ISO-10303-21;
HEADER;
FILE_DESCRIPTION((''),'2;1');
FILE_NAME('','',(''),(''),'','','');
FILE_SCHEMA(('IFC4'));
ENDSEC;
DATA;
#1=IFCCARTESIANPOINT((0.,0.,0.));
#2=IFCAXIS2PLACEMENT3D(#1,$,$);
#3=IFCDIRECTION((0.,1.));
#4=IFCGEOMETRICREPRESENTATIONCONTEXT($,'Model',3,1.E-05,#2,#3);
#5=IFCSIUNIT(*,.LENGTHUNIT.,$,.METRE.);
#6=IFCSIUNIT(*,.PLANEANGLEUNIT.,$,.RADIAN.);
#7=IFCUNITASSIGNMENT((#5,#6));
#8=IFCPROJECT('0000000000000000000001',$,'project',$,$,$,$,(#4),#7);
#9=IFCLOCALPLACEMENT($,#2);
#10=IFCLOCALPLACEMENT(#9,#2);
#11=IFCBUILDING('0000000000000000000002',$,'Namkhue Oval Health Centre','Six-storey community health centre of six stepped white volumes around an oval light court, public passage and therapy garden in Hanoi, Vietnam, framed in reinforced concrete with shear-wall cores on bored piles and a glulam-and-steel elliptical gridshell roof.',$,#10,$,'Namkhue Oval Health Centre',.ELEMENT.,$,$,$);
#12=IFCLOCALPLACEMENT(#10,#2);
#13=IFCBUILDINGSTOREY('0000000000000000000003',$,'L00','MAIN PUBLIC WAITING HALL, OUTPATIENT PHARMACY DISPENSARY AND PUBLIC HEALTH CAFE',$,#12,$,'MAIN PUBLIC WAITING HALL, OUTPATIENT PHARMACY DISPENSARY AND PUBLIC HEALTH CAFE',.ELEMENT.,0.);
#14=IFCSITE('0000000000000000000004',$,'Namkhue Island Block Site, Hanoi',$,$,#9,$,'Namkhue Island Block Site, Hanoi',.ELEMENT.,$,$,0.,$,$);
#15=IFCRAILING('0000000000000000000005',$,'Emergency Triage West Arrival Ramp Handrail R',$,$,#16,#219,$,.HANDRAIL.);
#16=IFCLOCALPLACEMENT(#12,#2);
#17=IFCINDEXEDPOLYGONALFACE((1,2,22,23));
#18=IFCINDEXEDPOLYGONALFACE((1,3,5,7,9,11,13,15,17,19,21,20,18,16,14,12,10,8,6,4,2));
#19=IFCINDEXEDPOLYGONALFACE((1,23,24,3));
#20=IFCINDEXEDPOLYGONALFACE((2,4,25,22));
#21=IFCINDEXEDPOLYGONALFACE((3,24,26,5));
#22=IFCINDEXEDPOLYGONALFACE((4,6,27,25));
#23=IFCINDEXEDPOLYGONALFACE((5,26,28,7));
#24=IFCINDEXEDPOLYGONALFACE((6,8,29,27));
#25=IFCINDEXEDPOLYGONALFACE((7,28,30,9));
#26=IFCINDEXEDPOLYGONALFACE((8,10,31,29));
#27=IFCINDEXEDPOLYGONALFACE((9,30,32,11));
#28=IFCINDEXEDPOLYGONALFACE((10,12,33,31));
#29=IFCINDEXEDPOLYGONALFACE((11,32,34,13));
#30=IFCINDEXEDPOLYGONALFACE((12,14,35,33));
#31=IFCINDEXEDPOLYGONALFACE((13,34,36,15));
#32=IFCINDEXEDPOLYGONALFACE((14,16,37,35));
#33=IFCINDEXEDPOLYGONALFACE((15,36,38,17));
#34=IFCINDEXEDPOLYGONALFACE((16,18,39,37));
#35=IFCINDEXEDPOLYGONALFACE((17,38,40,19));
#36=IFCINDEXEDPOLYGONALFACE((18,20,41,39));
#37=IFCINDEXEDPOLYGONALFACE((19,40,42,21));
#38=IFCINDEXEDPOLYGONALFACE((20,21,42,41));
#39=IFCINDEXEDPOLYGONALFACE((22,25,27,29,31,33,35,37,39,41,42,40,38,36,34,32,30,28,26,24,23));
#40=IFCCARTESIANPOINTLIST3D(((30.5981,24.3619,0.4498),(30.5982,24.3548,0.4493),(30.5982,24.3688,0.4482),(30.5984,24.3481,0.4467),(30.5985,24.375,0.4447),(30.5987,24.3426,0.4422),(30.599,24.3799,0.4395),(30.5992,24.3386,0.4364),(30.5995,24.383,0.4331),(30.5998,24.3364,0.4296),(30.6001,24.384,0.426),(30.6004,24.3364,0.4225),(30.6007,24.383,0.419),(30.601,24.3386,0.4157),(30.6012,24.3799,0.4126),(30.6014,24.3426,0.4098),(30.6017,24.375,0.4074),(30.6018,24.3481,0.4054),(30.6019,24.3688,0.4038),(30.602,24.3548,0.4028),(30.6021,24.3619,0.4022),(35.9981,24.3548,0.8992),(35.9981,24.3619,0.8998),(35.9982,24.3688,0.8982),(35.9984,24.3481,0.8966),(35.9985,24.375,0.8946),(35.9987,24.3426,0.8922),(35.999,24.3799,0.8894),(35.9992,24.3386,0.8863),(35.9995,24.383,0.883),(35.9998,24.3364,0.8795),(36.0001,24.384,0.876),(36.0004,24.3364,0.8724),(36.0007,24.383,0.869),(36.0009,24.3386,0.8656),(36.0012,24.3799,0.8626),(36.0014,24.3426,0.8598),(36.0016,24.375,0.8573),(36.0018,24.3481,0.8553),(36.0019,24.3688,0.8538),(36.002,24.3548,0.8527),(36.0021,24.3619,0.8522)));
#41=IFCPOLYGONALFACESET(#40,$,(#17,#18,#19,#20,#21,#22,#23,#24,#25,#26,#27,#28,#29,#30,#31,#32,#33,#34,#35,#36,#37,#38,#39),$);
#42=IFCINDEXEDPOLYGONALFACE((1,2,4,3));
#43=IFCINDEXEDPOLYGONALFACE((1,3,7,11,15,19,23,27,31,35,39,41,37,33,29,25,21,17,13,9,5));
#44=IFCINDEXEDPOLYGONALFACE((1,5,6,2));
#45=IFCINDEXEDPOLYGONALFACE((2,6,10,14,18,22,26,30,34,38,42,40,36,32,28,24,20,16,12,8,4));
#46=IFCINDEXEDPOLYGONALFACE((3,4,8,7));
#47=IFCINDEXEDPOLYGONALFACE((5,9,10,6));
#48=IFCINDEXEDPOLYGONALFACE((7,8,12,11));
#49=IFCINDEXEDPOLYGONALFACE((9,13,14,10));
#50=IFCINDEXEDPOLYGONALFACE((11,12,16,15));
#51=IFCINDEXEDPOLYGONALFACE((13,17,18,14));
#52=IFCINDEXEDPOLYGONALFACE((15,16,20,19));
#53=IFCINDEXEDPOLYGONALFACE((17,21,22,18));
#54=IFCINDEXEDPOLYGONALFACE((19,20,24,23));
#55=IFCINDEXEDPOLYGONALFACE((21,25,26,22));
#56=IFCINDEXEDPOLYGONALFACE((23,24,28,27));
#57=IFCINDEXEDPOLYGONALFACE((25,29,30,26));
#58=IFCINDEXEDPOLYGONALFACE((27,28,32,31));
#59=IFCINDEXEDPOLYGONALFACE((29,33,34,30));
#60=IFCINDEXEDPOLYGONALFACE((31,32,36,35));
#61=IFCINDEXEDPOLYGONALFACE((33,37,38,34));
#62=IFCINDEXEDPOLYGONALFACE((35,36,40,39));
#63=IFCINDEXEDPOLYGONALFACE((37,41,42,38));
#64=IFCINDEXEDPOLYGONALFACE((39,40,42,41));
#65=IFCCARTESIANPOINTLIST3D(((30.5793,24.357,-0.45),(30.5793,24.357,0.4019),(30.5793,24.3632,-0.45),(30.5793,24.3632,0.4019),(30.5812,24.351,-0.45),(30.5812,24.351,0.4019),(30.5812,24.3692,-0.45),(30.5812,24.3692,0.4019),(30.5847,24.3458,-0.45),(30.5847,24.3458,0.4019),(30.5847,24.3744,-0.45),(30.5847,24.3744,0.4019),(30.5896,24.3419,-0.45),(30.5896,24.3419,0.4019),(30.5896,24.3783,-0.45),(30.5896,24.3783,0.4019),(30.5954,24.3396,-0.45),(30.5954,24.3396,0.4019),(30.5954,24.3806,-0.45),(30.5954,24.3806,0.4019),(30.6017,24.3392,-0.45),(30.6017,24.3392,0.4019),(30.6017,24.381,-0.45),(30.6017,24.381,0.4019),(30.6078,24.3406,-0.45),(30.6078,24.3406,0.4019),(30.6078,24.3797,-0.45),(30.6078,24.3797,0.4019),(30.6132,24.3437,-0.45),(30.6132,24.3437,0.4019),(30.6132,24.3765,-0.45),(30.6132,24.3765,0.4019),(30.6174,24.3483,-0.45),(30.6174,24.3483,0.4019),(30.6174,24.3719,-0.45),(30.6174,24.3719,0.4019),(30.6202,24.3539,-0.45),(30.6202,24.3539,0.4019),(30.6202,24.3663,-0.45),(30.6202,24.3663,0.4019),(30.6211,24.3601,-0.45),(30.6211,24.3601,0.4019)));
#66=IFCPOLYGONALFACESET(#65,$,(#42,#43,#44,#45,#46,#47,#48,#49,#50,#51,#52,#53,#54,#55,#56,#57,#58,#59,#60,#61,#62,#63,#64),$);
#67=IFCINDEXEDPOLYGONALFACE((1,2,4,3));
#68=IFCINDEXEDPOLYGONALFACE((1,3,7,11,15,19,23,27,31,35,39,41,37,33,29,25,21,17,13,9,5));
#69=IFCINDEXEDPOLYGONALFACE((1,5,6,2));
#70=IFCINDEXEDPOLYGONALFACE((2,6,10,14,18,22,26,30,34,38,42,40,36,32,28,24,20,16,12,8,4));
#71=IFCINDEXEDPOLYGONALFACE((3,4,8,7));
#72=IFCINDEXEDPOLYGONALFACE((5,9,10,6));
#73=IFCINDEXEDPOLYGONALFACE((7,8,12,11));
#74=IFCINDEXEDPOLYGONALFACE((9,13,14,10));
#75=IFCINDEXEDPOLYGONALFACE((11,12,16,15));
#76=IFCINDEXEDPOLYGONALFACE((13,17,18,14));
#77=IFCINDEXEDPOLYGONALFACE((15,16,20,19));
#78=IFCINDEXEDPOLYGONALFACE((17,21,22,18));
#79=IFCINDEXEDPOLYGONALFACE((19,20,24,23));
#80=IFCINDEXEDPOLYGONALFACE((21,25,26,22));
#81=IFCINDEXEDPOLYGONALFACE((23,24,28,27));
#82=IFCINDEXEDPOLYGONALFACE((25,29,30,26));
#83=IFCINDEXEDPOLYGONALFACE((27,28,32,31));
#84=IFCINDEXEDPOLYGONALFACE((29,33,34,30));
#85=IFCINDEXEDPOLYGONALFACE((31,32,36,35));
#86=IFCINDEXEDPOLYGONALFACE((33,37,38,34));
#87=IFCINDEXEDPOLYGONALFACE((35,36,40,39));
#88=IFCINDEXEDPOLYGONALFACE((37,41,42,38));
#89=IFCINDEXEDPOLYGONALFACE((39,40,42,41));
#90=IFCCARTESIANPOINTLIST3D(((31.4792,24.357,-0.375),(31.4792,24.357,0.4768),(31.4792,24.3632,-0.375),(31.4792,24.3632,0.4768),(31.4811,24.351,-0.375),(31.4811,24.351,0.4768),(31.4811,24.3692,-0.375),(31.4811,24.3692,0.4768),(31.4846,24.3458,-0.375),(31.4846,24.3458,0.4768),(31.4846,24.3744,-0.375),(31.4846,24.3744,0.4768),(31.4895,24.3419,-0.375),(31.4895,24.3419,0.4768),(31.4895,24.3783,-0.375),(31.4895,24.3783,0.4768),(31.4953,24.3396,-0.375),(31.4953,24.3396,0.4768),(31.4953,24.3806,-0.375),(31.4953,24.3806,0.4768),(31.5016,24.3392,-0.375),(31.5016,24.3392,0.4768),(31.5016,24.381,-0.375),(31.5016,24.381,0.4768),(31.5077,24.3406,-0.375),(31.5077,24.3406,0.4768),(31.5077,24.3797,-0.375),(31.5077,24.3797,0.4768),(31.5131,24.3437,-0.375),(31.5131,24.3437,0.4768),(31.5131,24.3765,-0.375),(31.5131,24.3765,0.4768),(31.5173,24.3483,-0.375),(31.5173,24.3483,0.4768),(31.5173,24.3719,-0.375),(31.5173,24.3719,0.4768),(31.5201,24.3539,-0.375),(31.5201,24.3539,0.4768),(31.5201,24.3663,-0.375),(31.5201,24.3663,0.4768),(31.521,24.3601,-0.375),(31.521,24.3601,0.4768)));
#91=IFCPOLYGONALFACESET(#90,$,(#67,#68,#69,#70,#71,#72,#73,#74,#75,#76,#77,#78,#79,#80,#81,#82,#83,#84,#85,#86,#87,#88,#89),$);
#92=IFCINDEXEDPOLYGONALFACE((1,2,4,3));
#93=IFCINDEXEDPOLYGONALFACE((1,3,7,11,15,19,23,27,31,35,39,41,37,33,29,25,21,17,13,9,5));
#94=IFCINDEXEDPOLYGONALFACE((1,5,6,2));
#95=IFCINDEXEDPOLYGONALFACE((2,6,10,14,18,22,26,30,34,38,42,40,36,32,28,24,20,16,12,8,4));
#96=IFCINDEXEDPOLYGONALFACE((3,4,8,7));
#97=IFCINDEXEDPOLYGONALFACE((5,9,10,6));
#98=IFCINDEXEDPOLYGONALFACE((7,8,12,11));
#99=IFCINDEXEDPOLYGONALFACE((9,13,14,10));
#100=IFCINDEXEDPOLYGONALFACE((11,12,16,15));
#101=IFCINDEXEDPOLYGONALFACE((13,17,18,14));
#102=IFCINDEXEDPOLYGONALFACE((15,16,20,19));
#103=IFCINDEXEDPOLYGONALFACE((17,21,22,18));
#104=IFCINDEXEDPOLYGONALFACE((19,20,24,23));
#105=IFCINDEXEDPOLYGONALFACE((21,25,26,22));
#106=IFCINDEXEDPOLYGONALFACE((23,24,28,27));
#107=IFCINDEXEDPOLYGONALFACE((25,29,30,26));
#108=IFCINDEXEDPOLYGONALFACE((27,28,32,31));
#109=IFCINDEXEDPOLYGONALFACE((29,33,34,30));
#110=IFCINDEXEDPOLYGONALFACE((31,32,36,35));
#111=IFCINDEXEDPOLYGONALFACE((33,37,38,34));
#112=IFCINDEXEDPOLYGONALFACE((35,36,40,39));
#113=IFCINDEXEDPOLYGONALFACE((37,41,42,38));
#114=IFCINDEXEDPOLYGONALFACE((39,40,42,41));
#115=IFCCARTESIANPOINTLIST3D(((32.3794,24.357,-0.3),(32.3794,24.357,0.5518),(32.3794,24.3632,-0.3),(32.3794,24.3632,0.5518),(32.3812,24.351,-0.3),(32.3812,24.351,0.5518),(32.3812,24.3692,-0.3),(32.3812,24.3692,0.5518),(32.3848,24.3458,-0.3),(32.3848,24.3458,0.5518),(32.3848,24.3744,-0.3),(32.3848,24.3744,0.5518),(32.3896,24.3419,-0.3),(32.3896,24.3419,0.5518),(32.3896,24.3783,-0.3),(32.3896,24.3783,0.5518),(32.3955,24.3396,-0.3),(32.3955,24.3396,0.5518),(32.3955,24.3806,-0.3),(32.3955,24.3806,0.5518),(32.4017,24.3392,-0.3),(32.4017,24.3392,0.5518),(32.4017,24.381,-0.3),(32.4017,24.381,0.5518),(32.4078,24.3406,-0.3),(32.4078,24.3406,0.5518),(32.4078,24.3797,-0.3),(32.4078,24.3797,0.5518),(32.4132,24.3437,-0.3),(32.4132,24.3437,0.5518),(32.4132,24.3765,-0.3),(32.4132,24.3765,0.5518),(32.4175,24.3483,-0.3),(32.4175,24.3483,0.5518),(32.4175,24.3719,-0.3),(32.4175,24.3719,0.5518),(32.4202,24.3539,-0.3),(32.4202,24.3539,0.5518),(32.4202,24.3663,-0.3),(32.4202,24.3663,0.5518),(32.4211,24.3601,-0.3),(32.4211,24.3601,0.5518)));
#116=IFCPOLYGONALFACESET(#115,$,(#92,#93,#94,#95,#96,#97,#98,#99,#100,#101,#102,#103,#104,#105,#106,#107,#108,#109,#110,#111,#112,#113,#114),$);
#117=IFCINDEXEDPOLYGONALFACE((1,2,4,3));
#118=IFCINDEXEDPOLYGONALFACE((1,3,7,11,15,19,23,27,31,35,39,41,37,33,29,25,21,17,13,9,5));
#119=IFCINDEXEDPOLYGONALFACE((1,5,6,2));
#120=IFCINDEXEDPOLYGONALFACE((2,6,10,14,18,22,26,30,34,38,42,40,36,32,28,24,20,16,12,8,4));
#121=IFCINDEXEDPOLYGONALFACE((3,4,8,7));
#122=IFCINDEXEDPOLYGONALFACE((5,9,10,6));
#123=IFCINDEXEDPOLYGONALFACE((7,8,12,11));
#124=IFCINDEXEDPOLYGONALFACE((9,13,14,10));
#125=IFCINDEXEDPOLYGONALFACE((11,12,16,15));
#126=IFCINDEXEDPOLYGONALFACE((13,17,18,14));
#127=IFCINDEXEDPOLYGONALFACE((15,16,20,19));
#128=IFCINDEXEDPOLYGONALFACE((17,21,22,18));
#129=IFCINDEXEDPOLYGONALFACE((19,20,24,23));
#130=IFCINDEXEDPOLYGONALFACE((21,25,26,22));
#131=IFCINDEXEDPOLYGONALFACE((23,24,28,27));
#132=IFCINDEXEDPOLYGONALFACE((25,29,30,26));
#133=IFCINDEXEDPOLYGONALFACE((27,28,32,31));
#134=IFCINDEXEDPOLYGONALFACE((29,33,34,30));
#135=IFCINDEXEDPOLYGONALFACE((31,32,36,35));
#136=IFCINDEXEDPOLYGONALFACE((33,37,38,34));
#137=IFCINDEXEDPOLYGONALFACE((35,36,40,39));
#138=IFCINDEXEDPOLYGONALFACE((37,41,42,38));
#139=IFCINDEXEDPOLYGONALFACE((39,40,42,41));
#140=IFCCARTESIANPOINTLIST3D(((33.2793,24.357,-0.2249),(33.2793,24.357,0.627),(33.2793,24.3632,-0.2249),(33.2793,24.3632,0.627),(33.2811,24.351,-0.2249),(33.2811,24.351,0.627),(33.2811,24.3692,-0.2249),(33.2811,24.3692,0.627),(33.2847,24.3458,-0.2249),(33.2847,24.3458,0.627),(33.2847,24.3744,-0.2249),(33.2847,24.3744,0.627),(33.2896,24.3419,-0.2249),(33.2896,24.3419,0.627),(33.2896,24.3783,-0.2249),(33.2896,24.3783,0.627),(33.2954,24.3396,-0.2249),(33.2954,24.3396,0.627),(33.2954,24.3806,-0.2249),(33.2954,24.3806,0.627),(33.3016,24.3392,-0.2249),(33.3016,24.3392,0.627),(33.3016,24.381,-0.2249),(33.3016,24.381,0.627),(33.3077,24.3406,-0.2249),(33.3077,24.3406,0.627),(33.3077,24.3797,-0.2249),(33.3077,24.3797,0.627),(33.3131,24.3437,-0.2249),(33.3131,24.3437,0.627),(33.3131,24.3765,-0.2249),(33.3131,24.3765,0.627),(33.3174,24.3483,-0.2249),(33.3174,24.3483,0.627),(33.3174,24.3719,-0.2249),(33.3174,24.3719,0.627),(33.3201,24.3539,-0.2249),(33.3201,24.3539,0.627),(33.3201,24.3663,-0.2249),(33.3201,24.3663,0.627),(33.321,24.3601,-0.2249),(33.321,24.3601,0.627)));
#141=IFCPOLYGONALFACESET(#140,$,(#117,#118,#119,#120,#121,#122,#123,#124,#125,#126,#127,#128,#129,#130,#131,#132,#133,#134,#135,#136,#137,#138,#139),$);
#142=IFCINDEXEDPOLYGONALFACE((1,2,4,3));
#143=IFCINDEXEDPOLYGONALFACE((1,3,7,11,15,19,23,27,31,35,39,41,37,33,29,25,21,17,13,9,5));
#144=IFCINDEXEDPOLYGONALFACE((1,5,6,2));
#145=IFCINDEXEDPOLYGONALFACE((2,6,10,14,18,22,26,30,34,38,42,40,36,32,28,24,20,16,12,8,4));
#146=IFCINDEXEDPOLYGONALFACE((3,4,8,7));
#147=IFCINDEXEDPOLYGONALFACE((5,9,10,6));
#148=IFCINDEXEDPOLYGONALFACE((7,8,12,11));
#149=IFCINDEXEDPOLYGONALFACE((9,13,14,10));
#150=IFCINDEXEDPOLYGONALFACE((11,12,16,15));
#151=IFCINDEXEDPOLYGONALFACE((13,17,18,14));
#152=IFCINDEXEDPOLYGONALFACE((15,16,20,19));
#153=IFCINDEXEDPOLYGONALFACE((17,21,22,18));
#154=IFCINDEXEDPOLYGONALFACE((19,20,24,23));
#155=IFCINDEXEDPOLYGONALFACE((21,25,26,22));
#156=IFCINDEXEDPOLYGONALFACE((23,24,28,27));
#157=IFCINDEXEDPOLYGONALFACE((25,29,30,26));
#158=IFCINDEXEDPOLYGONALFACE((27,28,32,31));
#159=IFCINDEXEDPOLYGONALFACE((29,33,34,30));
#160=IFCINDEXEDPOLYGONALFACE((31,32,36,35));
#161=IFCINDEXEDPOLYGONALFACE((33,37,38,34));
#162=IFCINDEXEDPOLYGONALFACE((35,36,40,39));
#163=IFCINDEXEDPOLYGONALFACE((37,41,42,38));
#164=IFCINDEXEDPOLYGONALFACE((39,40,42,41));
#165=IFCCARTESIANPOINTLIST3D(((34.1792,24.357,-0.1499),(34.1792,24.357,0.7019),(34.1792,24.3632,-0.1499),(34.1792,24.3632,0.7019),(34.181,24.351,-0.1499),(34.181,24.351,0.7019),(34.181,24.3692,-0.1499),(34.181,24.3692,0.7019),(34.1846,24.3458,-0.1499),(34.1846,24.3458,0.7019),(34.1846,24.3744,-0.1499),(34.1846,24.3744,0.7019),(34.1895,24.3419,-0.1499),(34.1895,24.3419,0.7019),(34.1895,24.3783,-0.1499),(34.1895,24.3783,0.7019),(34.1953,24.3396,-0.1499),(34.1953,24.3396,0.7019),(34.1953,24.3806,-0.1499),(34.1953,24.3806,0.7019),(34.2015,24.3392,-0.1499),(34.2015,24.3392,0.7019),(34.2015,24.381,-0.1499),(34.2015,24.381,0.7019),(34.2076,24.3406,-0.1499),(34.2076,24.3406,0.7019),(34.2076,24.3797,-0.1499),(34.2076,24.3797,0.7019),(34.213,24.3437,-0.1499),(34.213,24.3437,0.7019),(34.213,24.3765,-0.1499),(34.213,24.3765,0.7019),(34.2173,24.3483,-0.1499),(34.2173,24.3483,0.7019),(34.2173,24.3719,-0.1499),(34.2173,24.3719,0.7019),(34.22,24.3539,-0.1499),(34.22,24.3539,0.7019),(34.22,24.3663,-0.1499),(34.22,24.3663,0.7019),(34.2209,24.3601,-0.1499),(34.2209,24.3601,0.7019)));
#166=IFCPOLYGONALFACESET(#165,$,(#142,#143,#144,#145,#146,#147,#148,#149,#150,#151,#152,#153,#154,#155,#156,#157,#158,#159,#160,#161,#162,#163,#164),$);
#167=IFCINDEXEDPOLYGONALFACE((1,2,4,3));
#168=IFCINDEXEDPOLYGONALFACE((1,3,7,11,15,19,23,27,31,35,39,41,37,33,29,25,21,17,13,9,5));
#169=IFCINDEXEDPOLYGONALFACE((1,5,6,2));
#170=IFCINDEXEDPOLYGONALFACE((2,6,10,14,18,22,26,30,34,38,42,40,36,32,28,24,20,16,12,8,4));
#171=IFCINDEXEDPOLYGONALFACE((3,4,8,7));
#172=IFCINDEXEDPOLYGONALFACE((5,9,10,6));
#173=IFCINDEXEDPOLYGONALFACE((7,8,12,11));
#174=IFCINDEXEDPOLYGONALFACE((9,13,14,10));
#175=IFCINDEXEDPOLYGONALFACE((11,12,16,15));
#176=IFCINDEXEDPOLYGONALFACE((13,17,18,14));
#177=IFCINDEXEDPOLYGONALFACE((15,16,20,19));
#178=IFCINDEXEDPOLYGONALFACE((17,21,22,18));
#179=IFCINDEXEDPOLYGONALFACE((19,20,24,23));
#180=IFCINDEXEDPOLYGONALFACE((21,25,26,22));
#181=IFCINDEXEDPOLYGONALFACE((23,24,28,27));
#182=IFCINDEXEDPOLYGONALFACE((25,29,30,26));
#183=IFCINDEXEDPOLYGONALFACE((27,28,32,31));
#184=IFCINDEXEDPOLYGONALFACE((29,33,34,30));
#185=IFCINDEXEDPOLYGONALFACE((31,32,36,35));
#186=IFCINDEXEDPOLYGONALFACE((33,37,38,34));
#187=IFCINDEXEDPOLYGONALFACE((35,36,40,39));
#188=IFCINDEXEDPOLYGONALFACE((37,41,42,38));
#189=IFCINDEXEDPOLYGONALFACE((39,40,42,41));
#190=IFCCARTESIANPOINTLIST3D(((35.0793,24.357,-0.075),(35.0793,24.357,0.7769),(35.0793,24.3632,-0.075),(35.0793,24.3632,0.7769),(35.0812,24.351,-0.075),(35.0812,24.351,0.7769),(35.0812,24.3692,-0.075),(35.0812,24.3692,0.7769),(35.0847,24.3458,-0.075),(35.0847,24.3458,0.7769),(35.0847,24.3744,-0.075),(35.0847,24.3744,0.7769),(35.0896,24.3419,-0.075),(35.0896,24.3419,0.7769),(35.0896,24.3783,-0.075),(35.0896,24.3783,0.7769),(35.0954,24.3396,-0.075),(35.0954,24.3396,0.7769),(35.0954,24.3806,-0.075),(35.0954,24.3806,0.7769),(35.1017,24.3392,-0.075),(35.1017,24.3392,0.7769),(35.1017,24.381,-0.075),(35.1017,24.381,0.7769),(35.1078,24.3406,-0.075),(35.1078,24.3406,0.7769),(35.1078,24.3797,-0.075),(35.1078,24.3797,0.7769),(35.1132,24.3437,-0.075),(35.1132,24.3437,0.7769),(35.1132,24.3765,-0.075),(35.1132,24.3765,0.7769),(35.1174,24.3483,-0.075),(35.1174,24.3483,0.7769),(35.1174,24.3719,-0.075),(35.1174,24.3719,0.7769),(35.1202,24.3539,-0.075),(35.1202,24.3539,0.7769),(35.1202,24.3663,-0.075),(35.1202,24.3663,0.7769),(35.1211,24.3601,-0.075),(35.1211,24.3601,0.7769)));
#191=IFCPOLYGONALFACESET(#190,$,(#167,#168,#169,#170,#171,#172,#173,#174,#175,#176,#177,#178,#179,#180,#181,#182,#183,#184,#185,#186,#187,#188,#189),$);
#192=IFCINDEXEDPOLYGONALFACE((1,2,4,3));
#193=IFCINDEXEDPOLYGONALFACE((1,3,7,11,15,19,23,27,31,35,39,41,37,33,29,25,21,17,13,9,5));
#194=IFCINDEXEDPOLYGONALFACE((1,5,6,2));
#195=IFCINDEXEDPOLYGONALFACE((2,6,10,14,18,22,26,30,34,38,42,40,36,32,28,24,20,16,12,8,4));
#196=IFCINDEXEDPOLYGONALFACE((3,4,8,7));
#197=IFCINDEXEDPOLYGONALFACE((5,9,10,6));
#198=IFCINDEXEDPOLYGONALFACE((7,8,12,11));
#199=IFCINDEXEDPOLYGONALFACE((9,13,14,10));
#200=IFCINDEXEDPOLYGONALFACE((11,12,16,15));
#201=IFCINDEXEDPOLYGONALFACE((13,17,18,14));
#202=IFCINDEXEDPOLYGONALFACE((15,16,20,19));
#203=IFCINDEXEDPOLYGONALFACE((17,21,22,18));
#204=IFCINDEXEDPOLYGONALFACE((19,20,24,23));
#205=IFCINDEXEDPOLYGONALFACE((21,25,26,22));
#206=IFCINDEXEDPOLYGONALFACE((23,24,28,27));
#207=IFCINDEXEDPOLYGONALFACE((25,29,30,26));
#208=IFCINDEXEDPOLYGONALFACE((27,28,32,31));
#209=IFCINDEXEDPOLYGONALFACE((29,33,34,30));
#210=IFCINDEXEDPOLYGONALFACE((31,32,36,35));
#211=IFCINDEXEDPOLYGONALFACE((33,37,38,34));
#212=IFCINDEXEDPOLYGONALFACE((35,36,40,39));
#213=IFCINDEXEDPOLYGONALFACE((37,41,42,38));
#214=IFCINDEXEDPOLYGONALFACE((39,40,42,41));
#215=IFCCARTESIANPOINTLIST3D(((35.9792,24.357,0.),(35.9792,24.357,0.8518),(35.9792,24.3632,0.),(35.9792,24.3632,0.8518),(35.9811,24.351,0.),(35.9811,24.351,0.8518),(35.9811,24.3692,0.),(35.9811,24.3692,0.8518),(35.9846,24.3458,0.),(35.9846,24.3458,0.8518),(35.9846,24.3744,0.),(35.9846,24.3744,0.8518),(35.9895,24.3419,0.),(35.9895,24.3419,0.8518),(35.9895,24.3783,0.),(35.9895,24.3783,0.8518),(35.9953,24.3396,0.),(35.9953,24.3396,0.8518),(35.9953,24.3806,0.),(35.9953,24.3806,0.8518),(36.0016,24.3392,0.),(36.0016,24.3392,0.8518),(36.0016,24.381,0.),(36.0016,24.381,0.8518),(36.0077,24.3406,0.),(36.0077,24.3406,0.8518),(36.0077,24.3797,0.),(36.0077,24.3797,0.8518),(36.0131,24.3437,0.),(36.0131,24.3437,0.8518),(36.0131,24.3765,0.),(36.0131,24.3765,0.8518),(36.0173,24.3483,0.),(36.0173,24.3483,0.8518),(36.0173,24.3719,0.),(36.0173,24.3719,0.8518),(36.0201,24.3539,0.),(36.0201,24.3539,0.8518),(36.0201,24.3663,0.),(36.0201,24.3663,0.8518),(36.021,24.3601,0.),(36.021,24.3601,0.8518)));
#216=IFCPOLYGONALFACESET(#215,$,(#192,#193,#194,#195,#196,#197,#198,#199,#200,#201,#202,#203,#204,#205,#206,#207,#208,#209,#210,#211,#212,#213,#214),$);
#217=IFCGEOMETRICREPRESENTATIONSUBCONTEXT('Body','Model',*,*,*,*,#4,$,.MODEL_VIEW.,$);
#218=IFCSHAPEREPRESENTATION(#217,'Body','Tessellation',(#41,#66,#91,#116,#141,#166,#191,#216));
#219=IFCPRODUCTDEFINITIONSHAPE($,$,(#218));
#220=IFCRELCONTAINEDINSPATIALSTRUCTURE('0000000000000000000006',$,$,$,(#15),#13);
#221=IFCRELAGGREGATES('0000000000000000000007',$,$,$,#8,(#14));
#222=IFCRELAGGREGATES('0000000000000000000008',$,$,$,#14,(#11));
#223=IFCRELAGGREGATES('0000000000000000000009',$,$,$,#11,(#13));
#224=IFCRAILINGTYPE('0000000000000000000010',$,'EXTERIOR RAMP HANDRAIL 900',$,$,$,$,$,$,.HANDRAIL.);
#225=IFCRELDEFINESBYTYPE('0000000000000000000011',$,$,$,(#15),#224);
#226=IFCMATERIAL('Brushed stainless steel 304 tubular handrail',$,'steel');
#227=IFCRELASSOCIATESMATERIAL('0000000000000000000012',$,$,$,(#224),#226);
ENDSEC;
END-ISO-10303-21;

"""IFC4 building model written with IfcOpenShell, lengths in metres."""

from ifc_helpers import new_model, si_unit, direction, frame, origin, origin_2d, place, context, subcontext, project, spatial, circle, extrude, material, type_object, element, save


model = new_model("IFC4")

# Units and contexts
model_context = context("Model", 3, precision=1e-05, world=origin(), true_north=direction((0.0, 1.0)))
body_context = subcontext(model_context, "Body", "Model", "MODEL_VIEW")
ifc_project = project(units=[si_unit("LENGTHUNIT", "METRE"), si_unit("PLANEANGLEUNIT", "RADIAN")], contexts=[model_context])

# Site, building, storey
site_placement = place(None, origin())
site = spatial("IfcSite", under=ifc_project, at=site_placement, Name="Namkhue Island Block Site, Hanoi", LongName="Namkhue Island Block Site, Hanoi", CompositionType="ELEMENT", RefElevation=0.0)
building_placement = place(site_placement, origin())
building = spatial("IfcBuilding", under=site, at=building_placement, Name="Namkhue Oval Health Centre", Description="Six-storey community health centre of six stepped white volumes around an oval light court, public passage and therapy garden in Hanoi, Vietnam, framed in reinforced concrete with shear-wall cores on bored piles and a glulam-and-steel elliptical gridshell roof.", LongName="Namkhue Oval Health Centre", CompositionType="ELEMENT")
storey_placement = place(building_placement, origin())
storey = spatial("IfcBuildingStorey", under=building, at=storey_placement, Name="L00", Description="MAIN PUBLIC WAITING HALL, OUTPATIENT PHARMACY DISPENSARY AND PUBLIC HEALTH CAFE", LongName="MAIN PUBLIC WAITING HALL, OUTPATIENT PHARMACY DISPENSARY AND PUBLIC HEALTH CAFE", CompositionType="ELEMENT", Elevation=0.0)

# Railing
ifc_material_1 = material(Name="Brushed stainless steel 304 tubular handrail", Category="steel")
railing_type = type_object("IfcRailingType", Name="EXTERIOR RAMP HANDRAIL 900", PredefinedType="HANDRAIL", material=ifc_material_1)
railing_placement = place(storey_placement, frame((30.6001, 24.3601, -0.45)))
element("IfcRailing", 1, at=railing_placement, inside=storey, type_object=railing_type, Name="Emergency Triage West Arrival Ramp Handrail R", PredefinedType="HANDRAIL", context=body_context, shape_type="SweptSolid", body=[
    extrude(circle(Radius=0.0239, at=origin_2d()), frame((0.0, 0.0, 0.876), z_axis=(0.996546, 0.0, 0.083038), x_axis=(0.0, 1.0, 0.0)), (0.0, 0.0, 1.0), 5.4187),
    extrude(circle(Radius=0.021, at=origin_2d()), origin(), (0.0, 0.0, 1.0), 0.8518),
    extrude(circle(Radius=0.021, at=origin_2d()), frame((0.8999, 0.0, 0.075)), (0.0, 0.0, 1.0), 0.8518),
    extrude(circle(Radius=0.021, at=origin_2d()), frame((1.8, 0.0, 0.1499)), (0.0, 0.0, 1.0), 0.8518),
    extrude(circle(Radius=0.021, at=origin_2d()), frame((2.7, 0.0, 0.2251)), (0.0, 0.0, 1.0), 0.8518),
    extrude(circle(Radius=0.021, at=origin_2d()), frame((3.5999, 0.0, 0.3)), (0.0, 0.0, 1.0), 0.8518),
    extrude(circle(Radius=0.021, at=origin_2d()), frame((4.5, 0.0, 0.375)), (0.0, 0.0, 1.0), 0.8518),
    extrude(circle(Radius=0.021, at=origin_2d()), frame((5.3999, 0.0, 0.45)), (0.0, 0.0, 1.0), 0.8518),
])

save(model, "model.ifc")
